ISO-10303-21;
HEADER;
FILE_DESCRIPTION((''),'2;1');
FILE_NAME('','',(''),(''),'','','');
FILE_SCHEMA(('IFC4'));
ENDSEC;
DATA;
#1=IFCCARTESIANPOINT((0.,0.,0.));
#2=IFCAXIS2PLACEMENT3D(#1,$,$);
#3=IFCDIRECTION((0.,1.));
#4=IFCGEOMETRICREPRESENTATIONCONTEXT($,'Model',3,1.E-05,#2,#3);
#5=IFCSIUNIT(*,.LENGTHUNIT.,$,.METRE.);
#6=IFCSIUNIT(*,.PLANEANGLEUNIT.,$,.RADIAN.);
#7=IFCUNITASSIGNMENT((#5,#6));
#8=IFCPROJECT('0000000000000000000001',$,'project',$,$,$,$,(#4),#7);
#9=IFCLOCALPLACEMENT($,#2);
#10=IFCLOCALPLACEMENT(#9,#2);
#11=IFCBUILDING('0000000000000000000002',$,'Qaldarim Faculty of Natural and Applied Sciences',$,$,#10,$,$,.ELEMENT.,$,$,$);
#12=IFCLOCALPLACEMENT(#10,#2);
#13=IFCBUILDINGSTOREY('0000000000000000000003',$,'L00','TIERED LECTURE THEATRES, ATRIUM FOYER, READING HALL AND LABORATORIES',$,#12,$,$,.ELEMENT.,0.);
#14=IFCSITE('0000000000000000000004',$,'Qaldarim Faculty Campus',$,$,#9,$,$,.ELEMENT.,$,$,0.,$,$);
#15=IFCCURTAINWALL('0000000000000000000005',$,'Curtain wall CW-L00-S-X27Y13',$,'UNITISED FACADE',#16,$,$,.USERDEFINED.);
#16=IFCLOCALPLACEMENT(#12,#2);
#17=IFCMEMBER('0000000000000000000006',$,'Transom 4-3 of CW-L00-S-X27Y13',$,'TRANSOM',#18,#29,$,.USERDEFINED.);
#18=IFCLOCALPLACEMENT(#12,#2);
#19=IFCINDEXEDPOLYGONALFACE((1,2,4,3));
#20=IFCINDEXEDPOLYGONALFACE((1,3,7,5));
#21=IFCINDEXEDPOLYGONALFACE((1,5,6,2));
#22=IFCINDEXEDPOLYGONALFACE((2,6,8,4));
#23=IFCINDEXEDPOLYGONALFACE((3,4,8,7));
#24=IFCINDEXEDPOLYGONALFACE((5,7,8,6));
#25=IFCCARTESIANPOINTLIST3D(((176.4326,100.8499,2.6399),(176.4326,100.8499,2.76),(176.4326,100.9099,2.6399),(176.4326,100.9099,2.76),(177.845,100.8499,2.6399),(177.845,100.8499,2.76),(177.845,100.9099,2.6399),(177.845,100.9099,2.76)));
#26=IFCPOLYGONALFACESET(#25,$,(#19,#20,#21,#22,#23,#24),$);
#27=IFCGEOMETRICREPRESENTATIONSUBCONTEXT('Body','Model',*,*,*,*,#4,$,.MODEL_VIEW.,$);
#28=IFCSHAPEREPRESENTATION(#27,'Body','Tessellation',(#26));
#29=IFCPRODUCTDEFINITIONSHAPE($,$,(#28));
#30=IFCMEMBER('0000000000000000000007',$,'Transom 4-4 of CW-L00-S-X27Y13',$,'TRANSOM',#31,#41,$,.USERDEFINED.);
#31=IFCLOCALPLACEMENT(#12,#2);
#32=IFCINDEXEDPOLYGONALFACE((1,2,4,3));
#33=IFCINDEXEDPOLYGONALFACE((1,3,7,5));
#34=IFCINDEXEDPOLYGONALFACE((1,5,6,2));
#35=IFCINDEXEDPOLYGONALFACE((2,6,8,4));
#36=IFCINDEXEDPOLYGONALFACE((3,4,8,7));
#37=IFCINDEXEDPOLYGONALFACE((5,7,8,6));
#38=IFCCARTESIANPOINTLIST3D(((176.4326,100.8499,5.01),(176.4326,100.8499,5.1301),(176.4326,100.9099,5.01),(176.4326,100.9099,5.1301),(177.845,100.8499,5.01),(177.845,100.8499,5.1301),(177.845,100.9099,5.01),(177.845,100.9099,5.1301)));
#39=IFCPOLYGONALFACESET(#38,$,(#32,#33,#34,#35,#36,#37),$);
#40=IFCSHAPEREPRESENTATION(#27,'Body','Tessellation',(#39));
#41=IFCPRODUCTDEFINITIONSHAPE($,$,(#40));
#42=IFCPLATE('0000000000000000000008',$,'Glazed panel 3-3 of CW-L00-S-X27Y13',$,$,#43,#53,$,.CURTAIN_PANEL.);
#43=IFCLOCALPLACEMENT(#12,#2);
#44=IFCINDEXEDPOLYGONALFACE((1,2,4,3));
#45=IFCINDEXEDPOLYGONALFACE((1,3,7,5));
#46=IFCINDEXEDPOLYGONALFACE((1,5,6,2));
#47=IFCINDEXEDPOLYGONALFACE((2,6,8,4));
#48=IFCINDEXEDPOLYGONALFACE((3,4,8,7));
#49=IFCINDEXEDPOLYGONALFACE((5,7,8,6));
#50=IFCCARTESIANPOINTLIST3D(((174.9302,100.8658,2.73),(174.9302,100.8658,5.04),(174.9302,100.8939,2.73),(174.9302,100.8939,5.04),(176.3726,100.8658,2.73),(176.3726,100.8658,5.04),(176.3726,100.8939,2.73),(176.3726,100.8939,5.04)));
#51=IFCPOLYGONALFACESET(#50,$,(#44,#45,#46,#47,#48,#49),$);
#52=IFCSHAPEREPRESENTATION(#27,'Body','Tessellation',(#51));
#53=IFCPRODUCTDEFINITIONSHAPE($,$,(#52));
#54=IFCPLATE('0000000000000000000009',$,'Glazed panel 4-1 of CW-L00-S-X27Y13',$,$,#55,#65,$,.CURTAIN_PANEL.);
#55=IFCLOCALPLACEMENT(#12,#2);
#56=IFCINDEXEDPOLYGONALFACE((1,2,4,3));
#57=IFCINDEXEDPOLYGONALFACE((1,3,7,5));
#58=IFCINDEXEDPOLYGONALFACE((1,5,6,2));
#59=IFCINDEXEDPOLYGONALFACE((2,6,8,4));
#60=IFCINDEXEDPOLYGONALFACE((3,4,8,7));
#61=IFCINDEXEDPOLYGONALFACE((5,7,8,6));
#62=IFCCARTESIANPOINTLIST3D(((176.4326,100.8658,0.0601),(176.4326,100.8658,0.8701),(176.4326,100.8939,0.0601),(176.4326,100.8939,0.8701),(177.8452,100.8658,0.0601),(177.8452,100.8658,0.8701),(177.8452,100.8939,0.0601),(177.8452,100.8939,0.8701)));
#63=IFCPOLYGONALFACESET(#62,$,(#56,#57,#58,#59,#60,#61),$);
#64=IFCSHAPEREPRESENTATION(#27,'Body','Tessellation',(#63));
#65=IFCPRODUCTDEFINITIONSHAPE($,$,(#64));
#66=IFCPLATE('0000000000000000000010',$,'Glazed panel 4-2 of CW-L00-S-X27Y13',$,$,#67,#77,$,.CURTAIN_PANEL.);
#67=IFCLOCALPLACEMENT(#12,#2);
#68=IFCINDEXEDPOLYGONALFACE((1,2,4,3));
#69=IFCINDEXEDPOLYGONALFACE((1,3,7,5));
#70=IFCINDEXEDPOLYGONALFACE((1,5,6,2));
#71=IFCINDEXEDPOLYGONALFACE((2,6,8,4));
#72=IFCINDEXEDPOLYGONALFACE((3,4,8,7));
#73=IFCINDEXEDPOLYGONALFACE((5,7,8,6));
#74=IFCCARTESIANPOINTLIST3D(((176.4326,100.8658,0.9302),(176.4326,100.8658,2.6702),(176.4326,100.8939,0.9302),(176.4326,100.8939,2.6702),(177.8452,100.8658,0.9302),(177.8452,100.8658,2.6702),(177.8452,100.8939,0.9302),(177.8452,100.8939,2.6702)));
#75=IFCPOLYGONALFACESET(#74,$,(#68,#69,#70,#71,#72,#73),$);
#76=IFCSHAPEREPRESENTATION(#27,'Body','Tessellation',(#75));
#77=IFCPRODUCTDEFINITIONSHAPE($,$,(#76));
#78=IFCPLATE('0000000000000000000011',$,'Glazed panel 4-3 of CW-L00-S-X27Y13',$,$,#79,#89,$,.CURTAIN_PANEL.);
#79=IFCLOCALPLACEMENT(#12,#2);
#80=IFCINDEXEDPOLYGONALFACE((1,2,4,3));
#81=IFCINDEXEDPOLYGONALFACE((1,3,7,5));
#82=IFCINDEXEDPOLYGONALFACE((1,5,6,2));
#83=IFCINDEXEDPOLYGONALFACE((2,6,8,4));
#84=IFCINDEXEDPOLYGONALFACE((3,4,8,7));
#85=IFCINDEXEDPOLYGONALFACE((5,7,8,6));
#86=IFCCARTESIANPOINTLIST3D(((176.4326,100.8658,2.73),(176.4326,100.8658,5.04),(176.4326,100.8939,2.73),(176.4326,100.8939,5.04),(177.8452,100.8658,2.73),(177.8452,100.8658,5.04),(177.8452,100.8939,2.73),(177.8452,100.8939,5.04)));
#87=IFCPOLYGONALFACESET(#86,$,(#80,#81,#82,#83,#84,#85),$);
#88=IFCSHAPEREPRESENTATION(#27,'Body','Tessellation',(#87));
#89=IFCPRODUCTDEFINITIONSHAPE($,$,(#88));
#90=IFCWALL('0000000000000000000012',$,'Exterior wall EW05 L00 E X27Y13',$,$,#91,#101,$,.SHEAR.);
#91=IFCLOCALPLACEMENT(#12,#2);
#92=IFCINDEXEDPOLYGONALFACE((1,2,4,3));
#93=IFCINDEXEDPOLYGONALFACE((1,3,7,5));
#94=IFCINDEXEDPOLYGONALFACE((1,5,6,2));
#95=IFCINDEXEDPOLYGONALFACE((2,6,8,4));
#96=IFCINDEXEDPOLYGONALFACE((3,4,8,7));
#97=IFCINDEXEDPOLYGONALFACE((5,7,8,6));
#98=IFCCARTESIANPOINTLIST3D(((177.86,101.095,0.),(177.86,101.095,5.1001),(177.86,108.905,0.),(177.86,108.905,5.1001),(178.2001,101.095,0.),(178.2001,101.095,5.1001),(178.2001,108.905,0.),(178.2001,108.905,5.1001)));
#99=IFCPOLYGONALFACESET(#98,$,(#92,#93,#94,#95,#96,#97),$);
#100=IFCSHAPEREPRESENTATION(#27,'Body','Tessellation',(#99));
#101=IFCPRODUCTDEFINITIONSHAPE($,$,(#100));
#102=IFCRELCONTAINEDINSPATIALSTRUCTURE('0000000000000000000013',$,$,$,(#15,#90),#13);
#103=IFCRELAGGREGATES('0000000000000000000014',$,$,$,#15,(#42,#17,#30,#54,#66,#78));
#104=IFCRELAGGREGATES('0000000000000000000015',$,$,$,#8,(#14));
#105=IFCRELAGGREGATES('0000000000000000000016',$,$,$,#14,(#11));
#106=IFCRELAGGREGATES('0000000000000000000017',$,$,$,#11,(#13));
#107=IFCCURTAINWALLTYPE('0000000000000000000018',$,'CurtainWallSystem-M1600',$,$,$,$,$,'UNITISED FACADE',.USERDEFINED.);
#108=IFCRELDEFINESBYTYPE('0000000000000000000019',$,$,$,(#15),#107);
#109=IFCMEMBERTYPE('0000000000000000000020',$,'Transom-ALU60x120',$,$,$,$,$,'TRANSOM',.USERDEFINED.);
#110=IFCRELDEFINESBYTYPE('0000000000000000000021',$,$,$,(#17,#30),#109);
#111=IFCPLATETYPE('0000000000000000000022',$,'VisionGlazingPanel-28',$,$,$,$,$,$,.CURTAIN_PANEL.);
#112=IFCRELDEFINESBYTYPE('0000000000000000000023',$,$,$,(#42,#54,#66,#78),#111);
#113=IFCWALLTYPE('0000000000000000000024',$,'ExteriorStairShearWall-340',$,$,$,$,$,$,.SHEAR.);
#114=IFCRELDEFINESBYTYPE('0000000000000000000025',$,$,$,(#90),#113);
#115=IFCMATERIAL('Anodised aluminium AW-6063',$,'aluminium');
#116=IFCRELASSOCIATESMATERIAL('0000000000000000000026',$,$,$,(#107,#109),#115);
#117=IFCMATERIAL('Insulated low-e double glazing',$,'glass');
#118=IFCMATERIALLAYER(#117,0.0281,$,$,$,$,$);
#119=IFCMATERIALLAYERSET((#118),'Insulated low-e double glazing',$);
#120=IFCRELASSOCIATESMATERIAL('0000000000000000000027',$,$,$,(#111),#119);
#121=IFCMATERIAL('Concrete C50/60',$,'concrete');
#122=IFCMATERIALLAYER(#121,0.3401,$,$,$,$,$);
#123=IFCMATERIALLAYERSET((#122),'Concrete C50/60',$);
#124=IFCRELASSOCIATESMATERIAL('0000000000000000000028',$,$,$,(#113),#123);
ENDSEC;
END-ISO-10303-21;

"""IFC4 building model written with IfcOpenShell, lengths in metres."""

from ifc_helpers import new_model, si_unit, direction, frame, frame_2d, origin, origin_2d, place, context, subcontext, project, spatial, rectangle, extrude, material, layer, layer_set, material_profile, profile_set, type_object, element, aggregate, save


model = new_model("IFC4")

# Units and contexts
model_context = context("Model", 3, precision=1e-05, world=origin(), true_north=direction((0.0, 1.0)))
body_context = subcontext(model_context, "Body", "Model", "MODEL_VIEW")
ifc_project = project(units=[si_unit("LENGTHUNIT", "METRE"), si_unit("PLANEANGLEUNIT", "RADIAN")], contexts=[model_context])

# Site, building, storey
site_placement = place(None, origin())
site = spatial("IfcSite", under=ifc_project, at=site_placement, Name="Qaldarim Faculty Campus", CompositionType="ELEMENT", RefElevation=0.0)
building_placement = place(site_placement, origin())
building = spatial("IfcBuilding", under=site, at=building_placement, Name="Qaldarim Faculty of Natural and Applied Sciences", CompositionType="ELEMENT")
storey_placement = place(building_placement, origin())
storey = spatial("IfcBuildingStorey", under=building, at=storey_placement, Name="L00", Description="TIERED LECTURE THEATRES, ATRIUM FOYER, READING HALL AND LABORATORIES", CompositionType="ELEMENT", Elevation=0.0)

# Shared definitions
ifc_material_1 = material(Name="Concrete C50/60", Category="concrete")

# Curtain wall, members, plates
ifc_material_2 = material(Name="Anodised aluminium AW-6063", Category="aluminium")
curtain_wall_type = type_object("IfcCurtainWallType", Name="CurtainWallSystem-M1600", ElementType="UNITISED FACADE", PredefinedType="USERDEFINED", material=ifc_material_2)
curtain_wall_placement = place(storey_placement, origin())
curtain_wall = element("IfcCurtainWall", 1, at=curtain_wall_placement, inside=storey, type_object=curtain_wall_type, Name="Curtain wall CW-L00-S-X27Y13", ObjectType="UNITISED FACADE", PredefinedType="USERDEFINED")
ifc_material_profile_1 = material_profile(ifc_material_2, rectangle(XDim=0.0601, YDim=0.1201, at=origin_2d()), Name="ALU-T60x120")
ifc_profile_set_1 = profile_set([ifc_material_profile_1], Name="Anodised aluminium AW-6063")
member_type_1 = type_object("IfcMemberType", Name="Transom-ALU60x120", ElementType="TRANSOM", PredefinedType="USERDEFINED", material=ifc_profile_set_1)
member_1_placement = place(storey_placement, frame((176.4326, 100.8799, 2.7), z_axis=(1.0, 0.0, 0.0), x_axis=(0.0, 1.0, 0.0)))
member_1 = element("IfcMember", 2, at=member_1_placement, type_object=member_type_1, Name="Transom 4-3 of CW-L00-S-X27Y13", ObjectType="TRANSOM", PredefinedType="USERDEFINED", context=body_context, shape_type="SweptSolid", body=[
    extrude(rectangle(XDim=0.0601, YDim=0.1201, at=origin_2d()), origin(), (0.0, 0.0, 1.0), 1.4124),
])
member_2_placement = place(storey_placement, frame((176.4326, 100.8799, 5.0701), z_axis=(1.0, 0.0, 0.0), x_axis=(0.0, 1.0, 0.0)))
member_2 = element("IfcMember", 3, at=member_2_placement, type_object=member_type_1, Name="Transom 4-4 of CW-L00-S-X27Y13", ObjectType="TRANSOM", PredefinedType="USERDEFINED", context=body_context, shape_type="SweptSolid", body=[
    extrude(rectangle(XDim=0.0601, YDim=0.1201, at=origin_2d()), origin(), (0.0, 0.0, 1.0), 1.4124),
])
ifc_material_3 = material(Name="Insulated low-e double glazing", Category="glass")
ifc_layer_1 = layer(ifc_material_3, 0.0281)
ifc_layer_set_1 = layer_set([ifc_layer_1], Name="Insulated low-e double glazing")
plate_type = type_object("IfcPlateType", Name="VisionGlazingPanel-28", PredefinedType="CURTAIN_PANEL", material=ifc_layer_set_1)
plate_1_placement = place(storey_placement, frame((175.6514, 100.8799, 2.73), z_axis=(0.0, 0.0, 1.0), x_axis=(1.0, 0.0, 0.0)))
plate_1 = element("IfcPlate", 4, at=plate_1_placement, type_object=plate_type, Name="Glazed panel 3-3 of CW-L00-S-X27Y13", PredefinedType="CURTAIN_PANEL", context=body_context, shape_type="SweptSolid", body=[
    extrude(rectangle(XDim=1.4424, YDim=0.0281, at=origin_2d()), origin(), (0.0, 0.0, 1.0), 2.3101),
])
plate_2_placement = place(storey_placement, frame((177.1389, 100.8799, 0.0601), z_axis=(0.0, 0.0, 1.0), x_axis=(1.0, 0.0, 0.0)))
plate_2 = element("IfcPlate", 5, at=plate_2_placement, type_object=plate_type, Name="Glazed panel 4-1 of CW-L00-S-X27Y13", PredefinedType="CURTAIN_PANEL", context=body_context, shape_type="SweptSolid", body=[
    extrude(rectangle(XDim=1.4126, YDim=0.0281, at=origin_2d()), origin(), (0.0, 0.0, 1.0), 0.8101),
])
plate_3_placement = place(storey_placement, frame((177.1389, 100.8799, 0.9302), z_axis=(0.0, 0.0, 1.0), x_axis=(1.0, 0.0, 0.0)))
plate_3 = element("IfcPlate", 6, at=plate_3_placement, type_object=plate_type, Name="Glazed panel 4-2 of CW-L00-S-X27Y13", PredefinedType="CURTAIN_PANEL", context=body_context, shape_type="SweptSolid", body=[
    extrude(rectangle(XDim=1.4126, YDim=0.0281, at=origin_2d()), origin(), (0.0, 0.0, 1.0), 1.74),
])
plate_4_placement = place(storey_placement, frame((177.1389, 100.8799, 2.73), z_axis=(0.0, 0.0, 1.0), x_axis=(1.0, 0.0, 0.0)))
plate_4 = element("IfcPlate", 7, at=plate_4_placement, type_object=plate_type, Name="Glazed panel 4-3 of CW-L00-S-X27Y13", PredefinedType="CURTAIN_PANEL", context=body_context, shape_type="SweptSolid", body=[
    extrude(rectangle(XDim=1.4126, YDim=0.0281, at=origin_2d()), origin(), (0.0, 0.0, 1.0), 2.3101),
])
aggregate(curtain_wall, [plate_1, member_1, member_2, plate_2, plate_3, plate_4])

# Wall
ifc_layer_2 = layer(ifc_material_1, 0.3401)
ifc_layer_set_2 = layer_set([ifc_layer_2], Name="Concrete C50/60")
wall_type = type_object("IfcWallType", Name="ExteriorStairShearWall-340", PredefinedType="SHEAR", material=ifc_layer_set_2)
wall_placement = place(storey_placement, frame((178.03, 101.095, 0.0), z_axis=(0.0, 0.0, 1.0), x_axis=(0.0, 1.0, 0.0)))
element("IfcWall", 8, at=wall_placement, inside=storey, type_object=wall_type, Name="Exterior wall EW05 L00 E X27Y13", PredefinedType="SHEAR", context=body_context, shape_type="SweptSolid", body=[
    extrude(rectangle(XDim=7.8101, YDim=0.3401, at=frame_2d((3.905, 0.0))), origin(), (0.0, 0.0, 1.0), 5.1001),
])

save(model, "model.ifc")
